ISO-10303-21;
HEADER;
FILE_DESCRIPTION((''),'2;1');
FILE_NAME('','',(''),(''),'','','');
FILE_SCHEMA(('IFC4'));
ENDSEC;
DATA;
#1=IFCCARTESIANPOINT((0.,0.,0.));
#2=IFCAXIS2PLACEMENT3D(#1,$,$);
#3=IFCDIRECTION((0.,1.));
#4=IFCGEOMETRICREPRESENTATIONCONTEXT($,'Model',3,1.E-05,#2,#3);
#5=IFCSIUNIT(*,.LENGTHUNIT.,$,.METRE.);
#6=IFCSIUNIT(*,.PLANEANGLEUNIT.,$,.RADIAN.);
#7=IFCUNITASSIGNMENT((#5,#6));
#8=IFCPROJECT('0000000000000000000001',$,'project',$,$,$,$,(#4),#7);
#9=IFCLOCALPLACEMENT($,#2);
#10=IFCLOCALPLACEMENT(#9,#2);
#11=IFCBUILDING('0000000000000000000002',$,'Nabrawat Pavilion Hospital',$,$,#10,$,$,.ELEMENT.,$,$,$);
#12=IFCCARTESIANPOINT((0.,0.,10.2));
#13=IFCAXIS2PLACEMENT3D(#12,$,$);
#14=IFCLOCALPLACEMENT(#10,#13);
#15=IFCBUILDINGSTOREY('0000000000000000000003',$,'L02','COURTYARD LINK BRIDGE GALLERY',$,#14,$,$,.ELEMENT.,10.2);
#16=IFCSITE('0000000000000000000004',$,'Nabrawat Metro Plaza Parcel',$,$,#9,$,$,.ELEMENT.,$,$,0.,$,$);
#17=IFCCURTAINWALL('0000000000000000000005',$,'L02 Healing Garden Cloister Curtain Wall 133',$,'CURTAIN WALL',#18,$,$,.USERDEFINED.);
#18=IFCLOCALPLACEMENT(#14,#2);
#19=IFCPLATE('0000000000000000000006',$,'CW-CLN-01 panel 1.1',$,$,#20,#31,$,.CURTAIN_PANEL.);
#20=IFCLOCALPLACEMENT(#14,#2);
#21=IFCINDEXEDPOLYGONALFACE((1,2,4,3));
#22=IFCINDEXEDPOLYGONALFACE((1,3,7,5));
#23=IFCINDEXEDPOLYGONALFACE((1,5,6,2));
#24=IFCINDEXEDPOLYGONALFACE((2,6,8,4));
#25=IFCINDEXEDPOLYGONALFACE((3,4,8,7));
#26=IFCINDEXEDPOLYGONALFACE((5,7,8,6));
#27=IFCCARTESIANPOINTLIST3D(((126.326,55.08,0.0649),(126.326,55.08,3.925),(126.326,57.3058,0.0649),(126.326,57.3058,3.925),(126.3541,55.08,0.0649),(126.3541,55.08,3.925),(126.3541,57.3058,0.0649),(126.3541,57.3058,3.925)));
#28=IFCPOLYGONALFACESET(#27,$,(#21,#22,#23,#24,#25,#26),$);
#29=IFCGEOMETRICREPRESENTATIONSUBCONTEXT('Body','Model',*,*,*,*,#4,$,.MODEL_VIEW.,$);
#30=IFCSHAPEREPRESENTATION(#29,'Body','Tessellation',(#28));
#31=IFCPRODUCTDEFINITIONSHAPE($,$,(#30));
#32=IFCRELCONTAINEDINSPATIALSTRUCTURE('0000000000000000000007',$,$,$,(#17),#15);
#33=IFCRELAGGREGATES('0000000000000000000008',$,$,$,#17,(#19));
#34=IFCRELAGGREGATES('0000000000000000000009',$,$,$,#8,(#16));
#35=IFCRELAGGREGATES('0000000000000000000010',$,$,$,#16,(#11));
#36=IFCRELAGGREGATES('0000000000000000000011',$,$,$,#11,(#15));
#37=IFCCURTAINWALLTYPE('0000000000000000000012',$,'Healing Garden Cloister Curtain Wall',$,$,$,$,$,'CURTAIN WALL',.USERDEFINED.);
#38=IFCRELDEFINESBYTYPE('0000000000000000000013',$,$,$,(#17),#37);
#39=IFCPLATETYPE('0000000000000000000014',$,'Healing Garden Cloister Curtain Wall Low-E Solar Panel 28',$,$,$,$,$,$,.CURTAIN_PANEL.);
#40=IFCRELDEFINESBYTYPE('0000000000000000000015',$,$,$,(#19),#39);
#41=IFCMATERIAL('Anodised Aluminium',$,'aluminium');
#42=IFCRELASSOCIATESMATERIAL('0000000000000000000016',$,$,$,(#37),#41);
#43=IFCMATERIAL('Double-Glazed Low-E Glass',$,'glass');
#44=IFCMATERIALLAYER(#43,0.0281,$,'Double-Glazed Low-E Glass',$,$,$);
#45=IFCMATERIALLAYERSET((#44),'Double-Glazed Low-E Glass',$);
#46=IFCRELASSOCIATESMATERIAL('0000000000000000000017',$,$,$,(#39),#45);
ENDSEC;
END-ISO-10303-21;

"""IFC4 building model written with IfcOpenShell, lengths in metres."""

from ifc_helpers import new_model, si_unit, direction, frame, origin, origin_2d, place, context, subcontext, project, spatial, rectangle, extrude, material, layer, layer_set, type_object, element, aggregate, save


model = new_model("IFC4")

# Units and contexts
model_context = context("Model", 3, precision=1e-05, world=origin(), true_north=direction((0.0, 1.0)))
body_context = subcontext(model_context, "Body", "Model", "MODEL_VIEW")
ifc_project = project(units=[si_unit("LENGTHUNIT", "METRE"), si_unit("PLANEANGLEUNIT", "RADIAN")], contexts=[model_context])

# Site, building, storey
site_placement = place(None, origin())
site = spatial("IfcSite", under=ifc_project, at=site_placement, Name="Nabrawat Metro Plaza Parcel", CompositionType="ELEMENT", RefElevation=0.0)
building_placement = place(site_placement, origin())
building = spatial("IfcBuilding", under=site, at=building_placement, Name="Nabrawat Pavilion Hospital", CompositionType="ELEMENT")
storey_placement = place(building_placement, frame((0.0, 0.0, 10.2)))
storey = spatial("IfcBuildingStorey", under=building, at=storey_placement, Name="L02", Description="COURTYARD LINK BRIDGE GALLERY", CompositionType="ELEMENT", Elevation=10.2)

# Curtain wall
ifc_material_1 = material(Name="Anodised Aluminium", Category="aluminium")
curtain_wall_type = type_object("IfcCurtainWallType", Name="Healing Garden Cloister Curtain Wall", ElementType="CURTAIN WALL", PredefinedType="USERDEFINED", material=ifc_material_1)
curtain_wall_1_placement = place(storey_placement, origin())
curtain_wall_1 = element("IfcCurtainWall", 1, at=curtain_wall_1_placement, inside=storey, type_object=curtain_wall_type, Name="L02 Healing Garden Cloister Curtain Wall 133", ObjectType="CURTAIN WALL", PredefinedType="USERDEFINED")

# Plate
ifc_material_2 = material(Name="Double-Glazed Low-E Glass", Category="glass")
ifc_layer = layer(ifc_material_2, 0.0281, Name="Double-Glazed Low-E Glass")
ifc_layer_set = layer_set([ifc_layer], Name="Double-Glazed Low-E Glass")
plate_type = type_object("IfcPlateType", Name="Healing Garden Cloister Curtain Wall Low-E Solar Panel 28", PredefinedType="CURTAIN_PANEL", material=ifc_layer_set)
plate_1_placement = place(storey_placement, frame((126.3401, 56.1929, 0.0649), z_axis=(0.0, 0.0, 1.0), x_axis=(0.0, 1.0, 0.0)))
plate_1 = element("IfcPlate", 2, at=plate_1_placement, type_object=plate_type, Name="CW-CLN-01 panel 1.1", PredefinedType="CURTAIN_PANEL", context=body_context, shape_type="SweptSolid", body=[
    extrude(rectangle(XDim=2.2258, YDim=0.0281, at=origin_2d()), origin(), (0.0, 0.0, 1.0), 3.8601),
])
aggregate(curtain_wall_1, [plate_1])

save(model, "model.ifc")
